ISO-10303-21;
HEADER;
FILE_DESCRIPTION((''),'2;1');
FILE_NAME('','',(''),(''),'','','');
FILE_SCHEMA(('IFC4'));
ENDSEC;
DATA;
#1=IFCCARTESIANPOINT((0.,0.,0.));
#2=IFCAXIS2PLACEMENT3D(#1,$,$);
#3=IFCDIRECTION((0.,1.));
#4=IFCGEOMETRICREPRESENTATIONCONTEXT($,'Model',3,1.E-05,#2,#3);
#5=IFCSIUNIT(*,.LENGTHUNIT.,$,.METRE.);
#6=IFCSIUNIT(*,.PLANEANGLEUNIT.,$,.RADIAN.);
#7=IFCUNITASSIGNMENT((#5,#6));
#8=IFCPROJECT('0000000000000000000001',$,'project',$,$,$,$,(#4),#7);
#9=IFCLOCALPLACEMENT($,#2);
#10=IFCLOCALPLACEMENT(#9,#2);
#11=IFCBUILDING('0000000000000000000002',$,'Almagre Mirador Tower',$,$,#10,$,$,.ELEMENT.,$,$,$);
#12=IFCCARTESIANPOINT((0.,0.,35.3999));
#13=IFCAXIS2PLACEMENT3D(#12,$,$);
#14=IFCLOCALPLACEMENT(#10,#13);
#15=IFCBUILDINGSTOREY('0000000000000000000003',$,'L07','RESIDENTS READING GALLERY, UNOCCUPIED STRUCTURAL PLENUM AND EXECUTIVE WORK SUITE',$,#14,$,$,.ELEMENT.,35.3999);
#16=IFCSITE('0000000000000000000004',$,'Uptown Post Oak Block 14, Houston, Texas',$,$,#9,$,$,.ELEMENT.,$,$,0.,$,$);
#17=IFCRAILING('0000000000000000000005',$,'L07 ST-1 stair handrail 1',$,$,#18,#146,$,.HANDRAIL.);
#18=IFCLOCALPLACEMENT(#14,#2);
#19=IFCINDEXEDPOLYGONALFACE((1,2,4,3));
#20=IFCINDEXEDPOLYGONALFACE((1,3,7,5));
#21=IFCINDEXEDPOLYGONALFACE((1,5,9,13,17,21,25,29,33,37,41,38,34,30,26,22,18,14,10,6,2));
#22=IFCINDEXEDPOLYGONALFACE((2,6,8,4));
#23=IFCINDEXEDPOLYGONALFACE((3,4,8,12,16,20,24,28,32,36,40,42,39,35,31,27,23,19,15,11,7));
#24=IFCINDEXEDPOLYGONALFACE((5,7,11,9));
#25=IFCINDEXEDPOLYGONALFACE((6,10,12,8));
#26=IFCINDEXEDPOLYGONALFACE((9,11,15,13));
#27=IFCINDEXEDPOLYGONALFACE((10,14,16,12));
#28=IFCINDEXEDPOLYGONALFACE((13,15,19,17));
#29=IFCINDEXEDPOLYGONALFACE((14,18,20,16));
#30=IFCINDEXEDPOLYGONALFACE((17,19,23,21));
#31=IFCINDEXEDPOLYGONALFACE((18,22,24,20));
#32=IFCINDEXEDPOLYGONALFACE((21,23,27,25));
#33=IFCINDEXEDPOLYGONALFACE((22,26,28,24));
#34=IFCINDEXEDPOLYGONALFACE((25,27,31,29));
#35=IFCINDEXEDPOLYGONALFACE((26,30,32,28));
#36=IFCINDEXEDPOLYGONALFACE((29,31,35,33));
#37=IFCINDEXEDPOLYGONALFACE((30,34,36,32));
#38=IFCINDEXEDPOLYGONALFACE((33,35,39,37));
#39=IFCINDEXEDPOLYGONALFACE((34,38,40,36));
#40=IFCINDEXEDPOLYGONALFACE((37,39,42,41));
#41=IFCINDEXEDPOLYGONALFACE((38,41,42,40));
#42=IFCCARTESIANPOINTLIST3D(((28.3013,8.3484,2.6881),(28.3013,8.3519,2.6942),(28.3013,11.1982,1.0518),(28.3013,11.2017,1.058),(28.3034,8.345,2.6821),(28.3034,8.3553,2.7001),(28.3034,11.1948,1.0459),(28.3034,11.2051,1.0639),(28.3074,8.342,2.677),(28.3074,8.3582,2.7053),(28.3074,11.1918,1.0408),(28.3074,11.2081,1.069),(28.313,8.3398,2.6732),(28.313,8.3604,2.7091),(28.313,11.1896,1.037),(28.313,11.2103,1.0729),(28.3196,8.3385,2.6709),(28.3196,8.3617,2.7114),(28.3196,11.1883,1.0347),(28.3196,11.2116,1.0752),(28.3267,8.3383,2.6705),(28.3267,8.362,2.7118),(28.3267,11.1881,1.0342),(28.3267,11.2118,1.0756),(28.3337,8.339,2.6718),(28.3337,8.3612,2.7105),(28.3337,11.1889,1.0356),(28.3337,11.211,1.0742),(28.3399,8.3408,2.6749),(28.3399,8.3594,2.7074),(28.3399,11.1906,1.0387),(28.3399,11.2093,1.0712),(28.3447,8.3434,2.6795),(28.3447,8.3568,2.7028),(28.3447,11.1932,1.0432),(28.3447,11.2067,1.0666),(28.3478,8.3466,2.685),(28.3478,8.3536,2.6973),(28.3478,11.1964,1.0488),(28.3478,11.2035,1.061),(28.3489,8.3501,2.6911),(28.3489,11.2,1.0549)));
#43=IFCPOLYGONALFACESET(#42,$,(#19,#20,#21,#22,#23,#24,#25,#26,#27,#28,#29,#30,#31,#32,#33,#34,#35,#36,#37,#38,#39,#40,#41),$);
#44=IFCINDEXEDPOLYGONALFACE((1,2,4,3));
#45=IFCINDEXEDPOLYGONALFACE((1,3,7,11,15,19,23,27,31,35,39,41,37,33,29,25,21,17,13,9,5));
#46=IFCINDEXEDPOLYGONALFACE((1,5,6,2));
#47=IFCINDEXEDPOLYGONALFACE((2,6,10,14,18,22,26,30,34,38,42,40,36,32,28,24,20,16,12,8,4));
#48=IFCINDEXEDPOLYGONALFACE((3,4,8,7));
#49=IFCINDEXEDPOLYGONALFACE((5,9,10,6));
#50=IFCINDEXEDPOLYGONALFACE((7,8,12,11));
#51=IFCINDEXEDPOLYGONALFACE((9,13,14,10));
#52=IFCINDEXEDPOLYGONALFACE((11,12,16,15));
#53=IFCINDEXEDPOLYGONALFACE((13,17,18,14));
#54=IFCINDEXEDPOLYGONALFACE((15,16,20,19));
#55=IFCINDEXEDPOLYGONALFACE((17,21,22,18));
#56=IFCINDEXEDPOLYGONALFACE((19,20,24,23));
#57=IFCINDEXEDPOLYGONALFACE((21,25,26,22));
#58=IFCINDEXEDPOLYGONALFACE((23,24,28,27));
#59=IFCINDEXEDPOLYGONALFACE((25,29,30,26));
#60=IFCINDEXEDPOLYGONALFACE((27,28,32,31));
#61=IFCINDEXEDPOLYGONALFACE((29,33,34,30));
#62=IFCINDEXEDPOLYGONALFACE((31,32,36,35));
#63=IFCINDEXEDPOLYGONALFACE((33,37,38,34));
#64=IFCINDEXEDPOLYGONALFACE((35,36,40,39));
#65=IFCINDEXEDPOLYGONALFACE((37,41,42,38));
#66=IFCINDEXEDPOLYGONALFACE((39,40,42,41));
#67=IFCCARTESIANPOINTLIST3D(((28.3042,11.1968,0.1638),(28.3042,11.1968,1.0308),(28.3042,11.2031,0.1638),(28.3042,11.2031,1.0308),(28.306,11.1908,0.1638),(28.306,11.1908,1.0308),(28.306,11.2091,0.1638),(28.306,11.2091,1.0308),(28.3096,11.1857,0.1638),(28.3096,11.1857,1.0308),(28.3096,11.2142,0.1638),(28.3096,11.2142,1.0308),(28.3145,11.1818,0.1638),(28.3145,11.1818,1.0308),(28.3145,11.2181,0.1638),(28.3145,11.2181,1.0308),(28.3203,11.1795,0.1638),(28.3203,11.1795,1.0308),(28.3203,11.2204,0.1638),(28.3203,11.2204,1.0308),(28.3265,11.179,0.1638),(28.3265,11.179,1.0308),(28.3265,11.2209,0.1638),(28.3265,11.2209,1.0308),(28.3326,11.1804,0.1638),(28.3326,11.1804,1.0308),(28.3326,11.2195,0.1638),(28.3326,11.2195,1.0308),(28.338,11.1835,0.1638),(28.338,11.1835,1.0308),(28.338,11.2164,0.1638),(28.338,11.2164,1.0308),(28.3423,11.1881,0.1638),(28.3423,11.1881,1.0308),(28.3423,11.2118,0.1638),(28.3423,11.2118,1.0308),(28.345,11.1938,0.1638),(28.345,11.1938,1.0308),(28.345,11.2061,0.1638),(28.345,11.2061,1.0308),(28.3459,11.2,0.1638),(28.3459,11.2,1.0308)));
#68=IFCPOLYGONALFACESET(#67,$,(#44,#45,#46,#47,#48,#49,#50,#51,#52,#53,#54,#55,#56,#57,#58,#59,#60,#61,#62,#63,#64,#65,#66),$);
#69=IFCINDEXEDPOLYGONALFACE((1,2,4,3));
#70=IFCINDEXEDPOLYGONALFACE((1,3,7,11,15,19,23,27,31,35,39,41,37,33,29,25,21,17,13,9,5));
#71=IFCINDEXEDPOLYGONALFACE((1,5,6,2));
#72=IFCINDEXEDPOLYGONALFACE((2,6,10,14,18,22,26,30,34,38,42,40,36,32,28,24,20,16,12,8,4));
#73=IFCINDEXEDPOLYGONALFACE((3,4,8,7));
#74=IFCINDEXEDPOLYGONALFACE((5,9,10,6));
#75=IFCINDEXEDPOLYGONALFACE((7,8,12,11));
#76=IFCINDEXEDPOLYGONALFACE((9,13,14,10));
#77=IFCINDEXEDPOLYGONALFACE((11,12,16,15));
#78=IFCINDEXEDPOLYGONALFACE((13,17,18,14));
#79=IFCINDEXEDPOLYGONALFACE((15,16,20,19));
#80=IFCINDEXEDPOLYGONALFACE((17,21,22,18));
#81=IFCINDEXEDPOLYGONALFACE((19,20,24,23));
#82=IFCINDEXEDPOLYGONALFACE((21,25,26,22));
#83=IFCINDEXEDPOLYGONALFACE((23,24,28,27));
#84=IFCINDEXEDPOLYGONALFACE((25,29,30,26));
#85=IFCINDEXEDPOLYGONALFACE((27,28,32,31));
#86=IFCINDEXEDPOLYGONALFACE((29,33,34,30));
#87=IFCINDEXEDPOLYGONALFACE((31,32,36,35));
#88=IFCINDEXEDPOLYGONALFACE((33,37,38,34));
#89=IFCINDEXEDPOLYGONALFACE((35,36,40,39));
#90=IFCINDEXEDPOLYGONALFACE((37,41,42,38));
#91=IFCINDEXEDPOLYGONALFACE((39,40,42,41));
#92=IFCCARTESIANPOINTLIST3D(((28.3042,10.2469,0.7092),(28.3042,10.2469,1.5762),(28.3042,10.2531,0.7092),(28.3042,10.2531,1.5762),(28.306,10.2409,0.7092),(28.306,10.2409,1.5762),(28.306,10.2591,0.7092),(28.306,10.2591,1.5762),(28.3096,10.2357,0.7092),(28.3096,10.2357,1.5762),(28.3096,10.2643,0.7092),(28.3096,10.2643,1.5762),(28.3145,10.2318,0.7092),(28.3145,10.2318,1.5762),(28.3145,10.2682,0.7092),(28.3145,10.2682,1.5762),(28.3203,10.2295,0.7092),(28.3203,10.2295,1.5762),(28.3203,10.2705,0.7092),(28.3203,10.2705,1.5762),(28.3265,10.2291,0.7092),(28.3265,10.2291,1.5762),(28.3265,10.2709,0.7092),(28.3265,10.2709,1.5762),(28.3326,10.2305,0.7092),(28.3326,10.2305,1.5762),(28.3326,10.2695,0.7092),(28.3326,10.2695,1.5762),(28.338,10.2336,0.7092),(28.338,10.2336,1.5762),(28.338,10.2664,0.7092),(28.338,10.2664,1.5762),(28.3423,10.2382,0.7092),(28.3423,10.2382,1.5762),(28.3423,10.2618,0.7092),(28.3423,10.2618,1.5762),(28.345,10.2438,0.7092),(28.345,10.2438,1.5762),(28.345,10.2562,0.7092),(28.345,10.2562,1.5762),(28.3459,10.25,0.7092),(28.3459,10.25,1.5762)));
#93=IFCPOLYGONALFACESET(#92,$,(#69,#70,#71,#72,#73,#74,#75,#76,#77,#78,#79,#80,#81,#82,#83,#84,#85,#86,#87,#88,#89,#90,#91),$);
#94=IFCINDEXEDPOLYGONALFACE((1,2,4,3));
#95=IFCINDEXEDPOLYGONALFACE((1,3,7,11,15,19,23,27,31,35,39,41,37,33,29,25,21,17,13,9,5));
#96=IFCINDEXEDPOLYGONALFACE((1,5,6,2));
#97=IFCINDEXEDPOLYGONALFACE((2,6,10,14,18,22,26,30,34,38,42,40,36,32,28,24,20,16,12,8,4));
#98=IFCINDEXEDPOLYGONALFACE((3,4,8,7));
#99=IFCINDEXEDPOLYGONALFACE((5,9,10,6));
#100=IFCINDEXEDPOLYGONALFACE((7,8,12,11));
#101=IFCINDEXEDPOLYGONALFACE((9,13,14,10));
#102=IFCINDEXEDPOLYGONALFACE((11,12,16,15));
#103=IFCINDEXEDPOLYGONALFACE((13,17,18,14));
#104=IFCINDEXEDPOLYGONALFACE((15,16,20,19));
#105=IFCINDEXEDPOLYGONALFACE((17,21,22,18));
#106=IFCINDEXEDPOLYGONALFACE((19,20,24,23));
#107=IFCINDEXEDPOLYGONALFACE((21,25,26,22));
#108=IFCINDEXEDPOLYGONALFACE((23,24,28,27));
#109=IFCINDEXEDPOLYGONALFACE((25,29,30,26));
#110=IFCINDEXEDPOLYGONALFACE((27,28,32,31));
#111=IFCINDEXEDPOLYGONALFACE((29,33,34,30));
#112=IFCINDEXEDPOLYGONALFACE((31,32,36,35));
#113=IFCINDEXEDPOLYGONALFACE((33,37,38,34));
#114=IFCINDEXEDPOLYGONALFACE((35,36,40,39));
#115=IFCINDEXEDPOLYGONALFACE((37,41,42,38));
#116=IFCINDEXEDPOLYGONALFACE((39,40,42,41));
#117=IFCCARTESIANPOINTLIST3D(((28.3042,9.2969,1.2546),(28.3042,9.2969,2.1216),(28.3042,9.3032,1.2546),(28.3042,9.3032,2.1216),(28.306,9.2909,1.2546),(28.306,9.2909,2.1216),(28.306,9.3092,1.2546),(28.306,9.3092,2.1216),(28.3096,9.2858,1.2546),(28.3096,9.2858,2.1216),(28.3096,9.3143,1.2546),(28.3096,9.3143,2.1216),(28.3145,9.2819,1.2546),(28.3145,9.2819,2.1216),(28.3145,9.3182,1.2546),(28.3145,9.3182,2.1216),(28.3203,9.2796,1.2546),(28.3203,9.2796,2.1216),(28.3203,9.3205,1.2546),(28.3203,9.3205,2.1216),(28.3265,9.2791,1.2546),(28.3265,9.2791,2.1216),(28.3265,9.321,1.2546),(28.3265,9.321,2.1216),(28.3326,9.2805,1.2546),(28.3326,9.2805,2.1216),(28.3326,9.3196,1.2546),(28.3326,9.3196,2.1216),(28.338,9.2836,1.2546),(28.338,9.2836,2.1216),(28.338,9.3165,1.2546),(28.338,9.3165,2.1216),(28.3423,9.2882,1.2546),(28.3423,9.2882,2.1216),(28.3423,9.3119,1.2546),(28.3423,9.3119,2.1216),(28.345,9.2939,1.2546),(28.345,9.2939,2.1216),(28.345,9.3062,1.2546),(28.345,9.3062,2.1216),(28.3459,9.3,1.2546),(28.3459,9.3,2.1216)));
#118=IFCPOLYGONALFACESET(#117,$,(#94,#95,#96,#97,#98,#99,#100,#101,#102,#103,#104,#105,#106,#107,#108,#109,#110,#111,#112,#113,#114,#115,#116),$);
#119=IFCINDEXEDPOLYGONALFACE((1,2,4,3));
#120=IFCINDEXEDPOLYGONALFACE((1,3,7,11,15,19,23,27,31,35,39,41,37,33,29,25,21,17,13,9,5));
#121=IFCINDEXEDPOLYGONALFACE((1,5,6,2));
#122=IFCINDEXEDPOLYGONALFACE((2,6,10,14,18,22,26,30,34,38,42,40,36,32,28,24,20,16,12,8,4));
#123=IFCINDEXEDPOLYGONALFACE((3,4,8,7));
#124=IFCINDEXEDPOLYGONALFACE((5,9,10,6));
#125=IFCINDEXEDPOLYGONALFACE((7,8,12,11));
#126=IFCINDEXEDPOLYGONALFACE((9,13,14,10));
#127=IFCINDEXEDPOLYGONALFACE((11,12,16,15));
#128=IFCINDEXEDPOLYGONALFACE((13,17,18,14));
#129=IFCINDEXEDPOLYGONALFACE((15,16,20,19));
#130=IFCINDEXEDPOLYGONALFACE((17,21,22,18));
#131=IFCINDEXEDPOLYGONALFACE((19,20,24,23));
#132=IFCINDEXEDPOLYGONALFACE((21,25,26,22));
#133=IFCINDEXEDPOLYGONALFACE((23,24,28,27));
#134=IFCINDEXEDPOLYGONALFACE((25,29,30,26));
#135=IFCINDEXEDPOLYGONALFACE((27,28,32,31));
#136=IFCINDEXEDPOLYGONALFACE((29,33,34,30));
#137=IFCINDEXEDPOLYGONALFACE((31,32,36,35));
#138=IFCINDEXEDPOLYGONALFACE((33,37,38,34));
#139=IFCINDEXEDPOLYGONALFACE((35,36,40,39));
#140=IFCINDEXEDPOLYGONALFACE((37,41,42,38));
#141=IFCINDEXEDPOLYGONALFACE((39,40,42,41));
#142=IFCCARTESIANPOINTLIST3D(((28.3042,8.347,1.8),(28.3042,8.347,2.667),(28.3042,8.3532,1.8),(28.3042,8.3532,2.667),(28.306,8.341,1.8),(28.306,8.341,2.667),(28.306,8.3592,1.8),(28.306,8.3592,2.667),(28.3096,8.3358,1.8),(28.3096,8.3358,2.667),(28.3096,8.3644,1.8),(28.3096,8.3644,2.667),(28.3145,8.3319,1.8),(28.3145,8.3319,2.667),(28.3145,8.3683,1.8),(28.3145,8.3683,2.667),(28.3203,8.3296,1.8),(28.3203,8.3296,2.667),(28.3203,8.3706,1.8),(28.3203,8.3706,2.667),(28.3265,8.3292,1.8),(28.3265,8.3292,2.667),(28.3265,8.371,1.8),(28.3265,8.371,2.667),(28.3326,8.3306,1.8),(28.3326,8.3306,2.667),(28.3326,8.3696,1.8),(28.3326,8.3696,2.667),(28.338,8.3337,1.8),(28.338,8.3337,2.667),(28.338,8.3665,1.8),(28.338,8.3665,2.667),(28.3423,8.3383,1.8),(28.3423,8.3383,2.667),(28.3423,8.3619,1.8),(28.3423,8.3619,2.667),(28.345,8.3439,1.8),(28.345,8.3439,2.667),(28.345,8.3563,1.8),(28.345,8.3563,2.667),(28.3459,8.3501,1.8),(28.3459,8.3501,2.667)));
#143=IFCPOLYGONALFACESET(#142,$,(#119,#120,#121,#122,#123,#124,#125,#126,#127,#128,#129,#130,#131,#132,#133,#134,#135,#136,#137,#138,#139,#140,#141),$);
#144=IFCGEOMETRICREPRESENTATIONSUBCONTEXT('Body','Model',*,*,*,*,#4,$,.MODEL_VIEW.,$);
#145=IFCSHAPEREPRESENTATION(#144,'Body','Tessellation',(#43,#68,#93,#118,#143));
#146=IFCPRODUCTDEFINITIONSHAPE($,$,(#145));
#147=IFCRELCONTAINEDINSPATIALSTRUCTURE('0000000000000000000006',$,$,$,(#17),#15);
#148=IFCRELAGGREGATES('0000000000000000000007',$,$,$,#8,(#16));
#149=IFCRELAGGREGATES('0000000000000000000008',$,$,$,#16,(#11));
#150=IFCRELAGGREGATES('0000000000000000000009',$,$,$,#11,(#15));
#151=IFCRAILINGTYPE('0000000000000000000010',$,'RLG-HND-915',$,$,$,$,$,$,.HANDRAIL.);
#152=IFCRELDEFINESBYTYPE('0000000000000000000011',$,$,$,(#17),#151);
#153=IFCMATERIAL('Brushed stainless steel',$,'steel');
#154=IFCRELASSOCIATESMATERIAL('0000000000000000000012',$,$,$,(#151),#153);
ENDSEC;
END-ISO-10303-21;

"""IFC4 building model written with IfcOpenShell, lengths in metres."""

from ifc_helpers import new_model, si_unit, direction, frame, origin, origin_2d, place, context, subcontext, project, spatial, circle, extrude, material, type_object, element, save


model = new_model("IFC4")

# Units and contexts
model_context = context("Model", 3, precision=1e-05, world=origin(), true_north=direction((0.0, 1.0)))
body_context = subcontext(model_context, "Body", "Model", "MODEL_VIEW")
ifc_project = project(units=[si_unit("LENGTHUNIT", "METRE"), si_unit("PLANEANGLEUNIT", "RADIAN")], contexts=[model_context])

# Site, building, storey
site_placement = place(None, origin())
site = spatial("IfcSite", under=ifc_project, at=site_placement, Name="Uptown Post Oak Block 14, Houston, Texas", CompositionType="ELEMENT", RefElevation=0.0)
building_placement = place(site_placement, origin())
building = spatial("IfcBuilding", under=site, at=building_placement, Name="Almagre Mirador Tower", CompositionType="ELEMENT")
storey_placement = place(building_placement, frame((0.0, 0.0, 35.3999)))
storey = spatial("IfcBuildingStorey", under=building, at=storey_placement, Name="L07", Description="RESIDENTS READING GALLERY, UNOCCUPIED STRUCTURAL PLENUM AND EXECUTIVE WORK SUITE", CompositionType="ELEMENT", Elevation=35.3999)

# Railing
ifc_material_1 = material(Name="Brushed stainless steel", Category="steel")
railing_type_1 = type_object("IfcRailingType", Name="RLG-HND-915", PredefinedType="HANDRAIL", material=ifc_material_1)
railing_1_placement = place(storey_placement, frame((28.325, 11.2, 0.1638)))
element("IfcRailing", 1, at=railing_1_placement, inside=storey, type_object=railing_type_1, Name="L07 ST-1 stair handrail 1", PredefinedType="HANDRAIL", context=body_context, shape_type="SweptSolid", body=[
    extrude(circle(Radius=0.0239, at=origin_2d()), frame((0.0, 0.0, 0.8911), z_axis=(0.0, -0.867226, 0.497914), x_axis=(1.0, 0.0, 0.0)), (0.0, 0.0, 1.0), 3.2861),
    extrude(circle(Radius=0.021, at=origin_2d()), origin(), (0.0, 0.0, 1.0), 0.8669),
    extrude(circle(Radius=0.021, at=origin_2d()), frame((0.0, -0.95, 0.5454)), (0.0, 0.0, 1.0), 0.8669),
    extrude(circle(Radius=0.021, at=origin_2d()), frame((0.0, -1.8999, 1.0908)), (0.0, 0.0, 1.0), 0.8669),
    extrude(circle(Radius=0.021, at=origin_2d()), frame((0.0, -2.8499, 1.6362)), (0.0, 0.0, 1.0), 0.8669),
])

save(model, "model.ifc")
